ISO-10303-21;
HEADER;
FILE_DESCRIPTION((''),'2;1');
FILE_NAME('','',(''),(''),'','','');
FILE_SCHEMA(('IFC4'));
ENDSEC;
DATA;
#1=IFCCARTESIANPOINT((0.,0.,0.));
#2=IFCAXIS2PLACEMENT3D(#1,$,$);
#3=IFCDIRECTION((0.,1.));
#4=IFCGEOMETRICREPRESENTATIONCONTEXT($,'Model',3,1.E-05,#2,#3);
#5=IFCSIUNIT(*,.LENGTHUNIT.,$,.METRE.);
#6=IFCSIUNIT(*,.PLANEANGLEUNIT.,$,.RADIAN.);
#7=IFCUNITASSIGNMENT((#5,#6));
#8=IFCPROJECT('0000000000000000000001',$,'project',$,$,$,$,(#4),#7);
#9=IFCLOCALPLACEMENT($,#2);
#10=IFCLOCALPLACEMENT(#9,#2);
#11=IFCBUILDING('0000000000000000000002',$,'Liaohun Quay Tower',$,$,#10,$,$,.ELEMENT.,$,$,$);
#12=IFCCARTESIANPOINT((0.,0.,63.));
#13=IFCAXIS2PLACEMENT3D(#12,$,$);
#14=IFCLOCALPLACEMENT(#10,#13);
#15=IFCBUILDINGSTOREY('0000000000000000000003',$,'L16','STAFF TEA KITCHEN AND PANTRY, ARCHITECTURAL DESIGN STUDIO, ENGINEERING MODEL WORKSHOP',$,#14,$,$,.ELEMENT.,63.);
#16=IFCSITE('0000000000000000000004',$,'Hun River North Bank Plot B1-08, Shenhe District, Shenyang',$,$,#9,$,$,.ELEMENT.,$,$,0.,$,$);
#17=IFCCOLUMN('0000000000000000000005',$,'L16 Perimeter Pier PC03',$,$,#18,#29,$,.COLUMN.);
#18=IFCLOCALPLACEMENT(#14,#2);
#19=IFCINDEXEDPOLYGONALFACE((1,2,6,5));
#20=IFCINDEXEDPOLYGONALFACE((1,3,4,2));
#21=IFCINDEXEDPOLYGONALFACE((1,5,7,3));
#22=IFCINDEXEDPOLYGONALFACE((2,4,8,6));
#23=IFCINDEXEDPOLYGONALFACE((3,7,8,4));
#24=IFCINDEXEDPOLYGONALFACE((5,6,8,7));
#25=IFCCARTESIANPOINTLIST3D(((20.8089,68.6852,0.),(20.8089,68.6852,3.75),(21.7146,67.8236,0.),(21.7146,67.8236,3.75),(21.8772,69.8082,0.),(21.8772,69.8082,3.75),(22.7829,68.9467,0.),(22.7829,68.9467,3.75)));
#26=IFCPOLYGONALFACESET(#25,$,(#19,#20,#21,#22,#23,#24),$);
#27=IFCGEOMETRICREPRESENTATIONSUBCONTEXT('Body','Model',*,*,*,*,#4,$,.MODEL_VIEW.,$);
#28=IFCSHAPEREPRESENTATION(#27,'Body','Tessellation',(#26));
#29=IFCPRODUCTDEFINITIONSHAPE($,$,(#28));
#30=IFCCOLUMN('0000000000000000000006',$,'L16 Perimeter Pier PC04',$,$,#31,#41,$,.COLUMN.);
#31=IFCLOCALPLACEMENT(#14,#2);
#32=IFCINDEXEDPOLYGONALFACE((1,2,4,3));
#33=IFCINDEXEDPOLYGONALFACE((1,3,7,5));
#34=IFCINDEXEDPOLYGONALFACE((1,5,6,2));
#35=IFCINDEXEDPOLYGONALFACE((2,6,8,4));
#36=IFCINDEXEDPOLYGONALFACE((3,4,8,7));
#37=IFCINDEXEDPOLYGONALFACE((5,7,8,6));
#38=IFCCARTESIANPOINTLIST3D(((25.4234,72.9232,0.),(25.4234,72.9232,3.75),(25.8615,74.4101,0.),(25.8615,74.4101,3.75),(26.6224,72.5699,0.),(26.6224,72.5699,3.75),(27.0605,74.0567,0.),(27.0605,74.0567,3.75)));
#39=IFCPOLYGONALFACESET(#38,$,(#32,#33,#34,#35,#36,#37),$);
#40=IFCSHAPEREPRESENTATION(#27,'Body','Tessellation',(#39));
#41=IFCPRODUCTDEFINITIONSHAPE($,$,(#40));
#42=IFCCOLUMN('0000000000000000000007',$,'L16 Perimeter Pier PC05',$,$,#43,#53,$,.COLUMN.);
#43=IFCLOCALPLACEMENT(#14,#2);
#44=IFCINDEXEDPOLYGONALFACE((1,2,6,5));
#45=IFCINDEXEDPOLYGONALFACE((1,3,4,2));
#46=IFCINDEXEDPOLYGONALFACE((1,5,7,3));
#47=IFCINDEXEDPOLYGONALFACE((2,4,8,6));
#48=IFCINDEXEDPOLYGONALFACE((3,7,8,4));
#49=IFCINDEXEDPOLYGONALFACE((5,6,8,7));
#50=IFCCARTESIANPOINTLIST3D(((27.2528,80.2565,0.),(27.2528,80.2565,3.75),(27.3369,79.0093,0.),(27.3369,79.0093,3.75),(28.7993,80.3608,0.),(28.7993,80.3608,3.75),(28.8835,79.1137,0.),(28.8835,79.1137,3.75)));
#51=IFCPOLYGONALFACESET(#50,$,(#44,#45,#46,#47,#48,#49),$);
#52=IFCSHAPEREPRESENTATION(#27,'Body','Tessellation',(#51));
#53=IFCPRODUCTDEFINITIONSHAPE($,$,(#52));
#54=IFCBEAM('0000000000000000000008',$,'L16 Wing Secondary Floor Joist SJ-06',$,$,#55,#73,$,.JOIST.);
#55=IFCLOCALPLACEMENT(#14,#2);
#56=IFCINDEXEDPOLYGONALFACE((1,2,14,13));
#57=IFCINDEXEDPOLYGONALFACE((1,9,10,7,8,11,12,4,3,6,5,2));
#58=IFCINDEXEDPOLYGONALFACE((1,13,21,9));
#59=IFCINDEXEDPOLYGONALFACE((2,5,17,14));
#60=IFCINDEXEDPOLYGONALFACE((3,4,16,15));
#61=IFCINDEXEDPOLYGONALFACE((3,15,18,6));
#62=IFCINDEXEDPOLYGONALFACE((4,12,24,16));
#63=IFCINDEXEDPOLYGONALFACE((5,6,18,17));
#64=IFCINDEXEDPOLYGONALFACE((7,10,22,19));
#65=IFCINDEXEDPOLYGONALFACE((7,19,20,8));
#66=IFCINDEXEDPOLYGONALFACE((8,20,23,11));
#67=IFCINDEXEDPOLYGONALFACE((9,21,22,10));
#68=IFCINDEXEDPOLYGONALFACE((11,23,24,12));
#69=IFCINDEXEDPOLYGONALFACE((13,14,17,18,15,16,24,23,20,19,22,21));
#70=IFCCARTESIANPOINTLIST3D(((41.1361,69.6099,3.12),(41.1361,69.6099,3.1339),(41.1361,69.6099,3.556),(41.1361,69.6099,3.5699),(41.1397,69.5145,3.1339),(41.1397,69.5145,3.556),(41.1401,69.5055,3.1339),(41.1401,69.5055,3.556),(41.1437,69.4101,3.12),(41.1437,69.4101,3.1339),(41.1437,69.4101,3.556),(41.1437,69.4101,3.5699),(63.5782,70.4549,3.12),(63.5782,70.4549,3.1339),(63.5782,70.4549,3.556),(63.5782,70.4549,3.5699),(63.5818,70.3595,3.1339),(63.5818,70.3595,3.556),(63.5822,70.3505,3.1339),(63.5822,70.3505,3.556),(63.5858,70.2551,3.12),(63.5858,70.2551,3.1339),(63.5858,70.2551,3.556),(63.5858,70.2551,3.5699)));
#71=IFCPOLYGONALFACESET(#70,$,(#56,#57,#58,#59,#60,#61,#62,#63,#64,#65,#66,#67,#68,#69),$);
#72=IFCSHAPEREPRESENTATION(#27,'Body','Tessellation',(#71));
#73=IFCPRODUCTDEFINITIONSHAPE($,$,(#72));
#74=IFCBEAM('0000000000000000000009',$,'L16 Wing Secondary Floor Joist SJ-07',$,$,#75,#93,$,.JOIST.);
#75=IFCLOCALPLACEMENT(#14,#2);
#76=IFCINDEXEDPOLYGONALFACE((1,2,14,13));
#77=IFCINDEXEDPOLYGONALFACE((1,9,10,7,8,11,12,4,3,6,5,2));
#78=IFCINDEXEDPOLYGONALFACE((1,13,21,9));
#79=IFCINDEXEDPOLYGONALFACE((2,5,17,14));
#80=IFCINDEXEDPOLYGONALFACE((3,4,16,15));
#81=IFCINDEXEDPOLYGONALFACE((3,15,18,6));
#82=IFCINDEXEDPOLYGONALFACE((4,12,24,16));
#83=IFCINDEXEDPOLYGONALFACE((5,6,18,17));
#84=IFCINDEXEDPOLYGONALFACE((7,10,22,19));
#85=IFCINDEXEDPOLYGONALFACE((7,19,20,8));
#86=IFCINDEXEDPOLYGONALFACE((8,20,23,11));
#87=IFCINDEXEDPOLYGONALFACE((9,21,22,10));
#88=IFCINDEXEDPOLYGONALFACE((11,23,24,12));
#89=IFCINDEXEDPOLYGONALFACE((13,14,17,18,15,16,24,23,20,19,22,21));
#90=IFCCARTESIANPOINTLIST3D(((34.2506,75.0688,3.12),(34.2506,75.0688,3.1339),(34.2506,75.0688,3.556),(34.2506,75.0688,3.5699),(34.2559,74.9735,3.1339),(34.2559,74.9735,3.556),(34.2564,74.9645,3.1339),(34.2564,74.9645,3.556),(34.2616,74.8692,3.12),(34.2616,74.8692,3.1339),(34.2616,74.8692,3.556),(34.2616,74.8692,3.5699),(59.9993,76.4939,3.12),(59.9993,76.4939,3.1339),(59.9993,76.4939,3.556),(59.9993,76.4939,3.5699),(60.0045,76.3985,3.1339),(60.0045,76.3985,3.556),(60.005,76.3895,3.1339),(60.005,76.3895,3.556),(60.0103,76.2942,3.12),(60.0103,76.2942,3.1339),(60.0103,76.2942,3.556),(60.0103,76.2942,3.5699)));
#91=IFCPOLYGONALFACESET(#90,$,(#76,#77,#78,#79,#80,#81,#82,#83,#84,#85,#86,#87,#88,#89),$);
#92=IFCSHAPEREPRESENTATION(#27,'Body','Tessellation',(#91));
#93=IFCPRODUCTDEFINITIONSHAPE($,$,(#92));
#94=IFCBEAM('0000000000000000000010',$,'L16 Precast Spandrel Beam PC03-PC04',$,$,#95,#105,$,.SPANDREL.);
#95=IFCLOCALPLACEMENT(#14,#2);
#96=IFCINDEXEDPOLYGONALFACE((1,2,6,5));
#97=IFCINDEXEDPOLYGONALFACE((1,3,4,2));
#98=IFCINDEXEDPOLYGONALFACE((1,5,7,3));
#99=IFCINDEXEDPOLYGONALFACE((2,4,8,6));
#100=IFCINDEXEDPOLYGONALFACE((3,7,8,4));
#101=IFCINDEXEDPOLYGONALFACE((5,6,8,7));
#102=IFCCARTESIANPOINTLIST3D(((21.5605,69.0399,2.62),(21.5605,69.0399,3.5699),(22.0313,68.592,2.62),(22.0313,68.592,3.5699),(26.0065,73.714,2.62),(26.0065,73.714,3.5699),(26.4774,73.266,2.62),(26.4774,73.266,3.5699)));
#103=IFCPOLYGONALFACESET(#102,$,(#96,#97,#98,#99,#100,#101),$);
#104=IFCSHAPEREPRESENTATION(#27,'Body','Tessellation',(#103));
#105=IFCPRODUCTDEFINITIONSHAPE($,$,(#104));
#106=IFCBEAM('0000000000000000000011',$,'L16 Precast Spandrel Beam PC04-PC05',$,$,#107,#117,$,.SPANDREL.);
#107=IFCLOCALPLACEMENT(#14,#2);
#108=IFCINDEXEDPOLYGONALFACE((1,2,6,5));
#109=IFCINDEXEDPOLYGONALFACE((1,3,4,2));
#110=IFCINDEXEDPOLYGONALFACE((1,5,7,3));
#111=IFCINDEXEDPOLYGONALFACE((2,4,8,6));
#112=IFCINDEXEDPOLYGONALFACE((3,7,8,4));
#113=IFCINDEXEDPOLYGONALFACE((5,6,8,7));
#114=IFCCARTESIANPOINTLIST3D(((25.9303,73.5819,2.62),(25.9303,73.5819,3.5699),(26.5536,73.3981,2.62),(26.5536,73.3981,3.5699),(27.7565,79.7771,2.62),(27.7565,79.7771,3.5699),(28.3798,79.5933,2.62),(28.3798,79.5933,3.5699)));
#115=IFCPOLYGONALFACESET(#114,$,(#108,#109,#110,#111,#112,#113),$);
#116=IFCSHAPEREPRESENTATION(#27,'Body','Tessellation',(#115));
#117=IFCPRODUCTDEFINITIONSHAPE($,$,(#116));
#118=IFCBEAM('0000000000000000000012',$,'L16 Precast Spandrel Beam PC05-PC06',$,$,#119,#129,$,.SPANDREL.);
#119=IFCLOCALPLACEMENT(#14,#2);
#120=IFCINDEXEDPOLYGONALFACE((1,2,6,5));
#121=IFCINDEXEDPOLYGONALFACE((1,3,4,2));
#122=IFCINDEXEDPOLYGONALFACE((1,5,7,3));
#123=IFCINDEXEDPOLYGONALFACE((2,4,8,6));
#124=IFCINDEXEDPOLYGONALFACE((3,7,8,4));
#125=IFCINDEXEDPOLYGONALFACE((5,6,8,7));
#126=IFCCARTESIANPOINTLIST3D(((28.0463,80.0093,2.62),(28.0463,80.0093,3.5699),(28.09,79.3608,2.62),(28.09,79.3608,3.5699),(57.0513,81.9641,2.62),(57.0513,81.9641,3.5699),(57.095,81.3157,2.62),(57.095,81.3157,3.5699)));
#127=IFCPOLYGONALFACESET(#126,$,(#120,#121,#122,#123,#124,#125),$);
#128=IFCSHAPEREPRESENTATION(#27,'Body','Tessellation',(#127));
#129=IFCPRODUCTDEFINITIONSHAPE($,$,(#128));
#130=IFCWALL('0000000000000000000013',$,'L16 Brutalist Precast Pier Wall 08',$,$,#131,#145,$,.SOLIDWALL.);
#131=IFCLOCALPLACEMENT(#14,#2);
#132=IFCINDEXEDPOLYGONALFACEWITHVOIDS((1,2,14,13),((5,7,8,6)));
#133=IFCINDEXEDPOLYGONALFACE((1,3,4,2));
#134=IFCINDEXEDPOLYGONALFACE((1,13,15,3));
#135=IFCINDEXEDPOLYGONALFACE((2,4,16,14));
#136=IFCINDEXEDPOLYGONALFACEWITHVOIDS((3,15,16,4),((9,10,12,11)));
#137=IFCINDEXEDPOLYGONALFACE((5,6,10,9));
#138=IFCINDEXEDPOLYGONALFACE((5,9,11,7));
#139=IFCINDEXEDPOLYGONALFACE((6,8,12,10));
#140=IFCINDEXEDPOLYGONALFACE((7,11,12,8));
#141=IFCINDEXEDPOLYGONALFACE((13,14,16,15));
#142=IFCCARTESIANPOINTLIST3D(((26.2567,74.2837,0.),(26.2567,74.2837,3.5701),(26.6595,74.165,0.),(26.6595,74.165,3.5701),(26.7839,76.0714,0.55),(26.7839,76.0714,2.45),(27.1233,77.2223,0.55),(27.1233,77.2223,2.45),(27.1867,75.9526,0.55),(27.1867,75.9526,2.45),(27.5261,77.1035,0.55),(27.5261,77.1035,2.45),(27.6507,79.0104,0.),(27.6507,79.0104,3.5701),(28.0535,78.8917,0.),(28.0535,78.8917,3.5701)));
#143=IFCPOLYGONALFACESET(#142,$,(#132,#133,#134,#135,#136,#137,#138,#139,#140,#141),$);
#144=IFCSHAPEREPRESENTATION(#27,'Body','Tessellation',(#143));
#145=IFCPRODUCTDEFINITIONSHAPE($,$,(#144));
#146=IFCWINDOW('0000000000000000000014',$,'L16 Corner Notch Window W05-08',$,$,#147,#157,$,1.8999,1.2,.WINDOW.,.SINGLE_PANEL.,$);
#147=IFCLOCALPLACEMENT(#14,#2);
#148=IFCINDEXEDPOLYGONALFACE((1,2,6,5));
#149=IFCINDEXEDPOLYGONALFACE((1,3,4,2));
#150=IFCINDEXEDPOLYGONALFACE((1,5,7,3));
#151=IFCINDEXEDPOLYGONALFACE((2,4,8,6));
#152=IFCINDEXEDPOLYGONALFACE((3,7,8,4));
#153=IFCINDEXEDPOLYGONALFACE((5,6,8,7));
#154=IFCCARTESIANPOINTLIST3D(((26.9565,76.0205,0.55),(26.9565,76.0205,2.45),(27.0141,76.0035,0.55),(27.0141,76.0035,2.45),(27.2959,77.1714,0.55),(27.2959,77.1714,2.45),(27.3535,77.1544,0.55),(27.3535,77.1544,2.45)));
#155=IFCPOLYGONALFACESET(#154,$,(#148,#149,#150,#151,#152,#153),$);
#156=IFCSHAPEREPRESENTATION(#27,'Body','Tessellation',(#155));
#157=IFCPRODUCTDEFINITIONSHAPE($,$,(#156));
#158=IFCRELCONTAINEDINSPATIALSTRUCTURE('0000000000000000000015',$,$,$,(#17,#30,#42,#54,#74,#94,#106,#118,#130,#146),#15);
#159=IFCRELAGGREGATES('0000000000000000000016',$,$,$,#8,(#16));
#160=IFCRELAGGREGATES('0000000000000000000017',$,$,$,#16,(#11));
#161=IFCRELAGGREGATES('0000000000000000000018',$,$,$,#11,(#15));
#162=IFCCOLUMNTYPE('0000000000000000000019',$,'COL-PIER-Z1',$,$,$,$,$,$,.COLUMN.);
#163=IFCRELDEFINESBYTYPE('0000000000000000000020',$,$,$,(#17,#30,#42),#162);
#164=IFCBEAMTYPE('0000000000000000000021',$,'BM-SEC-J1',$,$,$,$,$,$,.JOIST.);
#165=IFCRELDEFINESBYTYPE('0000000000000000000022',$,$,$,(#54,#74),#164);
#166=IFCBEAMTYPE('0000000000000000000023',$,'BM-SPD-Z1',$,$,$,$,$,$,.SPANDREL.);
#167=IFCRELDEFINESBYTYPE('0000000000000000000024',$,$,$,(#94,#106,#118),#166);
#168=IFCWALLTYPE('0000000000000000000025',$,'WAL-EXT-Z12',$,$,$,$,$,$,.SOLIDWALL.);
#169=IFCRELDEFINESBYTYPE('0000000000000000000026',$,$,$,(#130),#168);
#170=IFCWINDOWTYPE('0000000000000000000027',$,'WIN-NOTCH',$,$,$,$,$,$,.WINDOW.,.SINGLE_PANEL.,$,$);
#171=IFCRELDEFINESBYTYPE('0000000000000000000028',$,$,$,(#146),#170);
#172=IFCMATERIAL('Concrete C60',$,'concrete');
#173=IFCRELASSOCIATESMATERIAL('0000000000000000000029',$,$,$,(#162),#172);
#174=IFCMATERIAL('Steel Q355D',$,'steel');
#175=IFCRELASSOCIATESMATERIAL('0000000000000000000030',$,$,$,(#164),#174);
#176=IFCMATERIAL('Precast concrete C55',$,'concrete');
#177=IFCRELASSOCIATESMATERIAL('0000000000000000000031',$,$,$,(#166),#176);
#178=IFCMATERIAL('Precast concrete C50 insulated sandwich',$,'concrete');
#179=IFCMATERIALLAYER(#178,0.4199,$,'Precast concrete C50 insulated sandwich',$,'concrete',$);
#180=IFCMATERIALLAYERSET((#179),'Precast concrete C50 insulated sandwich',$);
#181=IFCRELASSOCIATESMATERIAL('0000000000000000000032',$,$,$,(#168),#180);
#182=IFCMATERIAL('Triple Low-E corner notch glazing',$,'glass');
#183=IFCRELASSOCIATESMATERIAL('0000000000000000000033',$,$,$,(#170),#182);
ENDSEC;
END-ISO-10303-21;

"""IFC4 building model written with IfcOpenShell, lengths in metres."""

from ifc_helpers import new_model, si_unit, direction, frame, frame_2d, origin, origin_2d, place, context, subcontext, project, spatial, rectangle, i_section, extrude, source, transform, mapped, material, layer, layer_set, material_profile, profile_set, type_object, element, fill, save


model = new_model("IFC4")

# Units and contexts
model_context = context("Model", 3, precision=1e-05, world=origin(), true_north=direction((0.0, 1.0)))
body_context = subcontext(model_context, "Body", "Model", "MODEL_VIEW")
ifc_project = project(units=[si_unit("LENGTHUNIT", "METRE"), si_unit("PLANEANGLEUNIT", "RADIAN")], contexts=[model_context])

# Site, building, storey
site_placement = place(None, origin())
site = spatial("IfcSite", under=ifc_project, at=site_placement, Name="Hun River North Bank Plot B1-08, Shenhe District, Shenyang", CompositionType="ELEMENT", RefElevation=0.0)
building_placement = place(site_placement, origin())
building = spatial("IfcBuilding", under=site, at=building_placement, Name="Liaohun Quay Tower", CompositionType="ELEMENT")
storey_placement = place(building_placement, frame((0.0, 0.0, 63.0)))
storey = spatial("IfcBuildingStorey", under=building, at=storey_placement, Name="L16", Description="STAFF TEA KITCHEN AND PANTRY, ARCHITECTURAL DESIGN STUDIO, ENGINEERING MODEL WORKSHOP", CompositionType="ELEMENT", Elevation=63.0)

# Columns
ifc_material_1 = material(Name="Concrete C60", Category="concrete")
ifc_material_profile_1 = material_profile(ifc_material_1, rectangle(XDim=1.55, YDim=1.25, at=origin_2d()), Name="RC1550x1250")
ifc_profile_set_1 = profile_set([ifc_material_profile_1], Name="Concrete C60")
column_type = type_object("IfcColumnType", Name="COL-PIER-Z1", PredefinedType="COLUMN", material=ifc_profile_set_1)
shared_shape_1 = source(origin(), body_context, "Body", "SweptSolid", [
    extrude(rectangle(XDim=1.55, YDim=1.25, at=origin_2d()), origin(), (0.0, 0.0, 1.0), 3.75),
])
for number, where, z_axis, x_axis, name in (
    (1, (21.7959, 68.8159, 0.0), (0.0, 0.0, 1.0), (0.68924, 0.724533, 0.0), "L16 Perimeter Pier PC03"),
    (2, (26.2419, 73.49, 0.0), (0.0, 0.0, 1.0), (0.282676, 0.959215, 0.0), "L16 Perimeter Pier PC04"),
    (3, (28.0681, 79.6851, 0.0), (0.0, 0.0, 1.0), (0.997732, 0.067319, 0.0), "L16 Perimeter Pier PC05"),
):
    element("IfcColumn", number, at=place(storey_placement, frame(where, z_axis=z_axis, x_axis=x_axis)), inside=storey, type_object=column_type, Name=name, PredefinedType="COLUMN", context=body_context, shape_type="MappedRepresentation", body=[
        mapped(shared_shape_1, transform((0.0, 0.0, 0.0), x_axis=(1.0, 0.0, 0.0), y_axis=(0.0, 1.0, 0.0), z_axis=(0.0, 0.0, 1.0), scale=1.0)),
    ])

# Beams
ifc_material_2 = material(Name="Steel Q355D", Category="steel")
ifc_material_profile_2 = material_profile(ifc_material_2, i_section(OverallWidth=0.2, OverallDepth=0.45, WebThickness=0.009, FlangeThickness=0.0139, at=origin_2d()), Name="HN450x200x9x14")
ifc_profile_set_2 = profile_set([ifc_material_profile_2], Name="Steel Q355D")
beam_type_1 = type_object("IfcBeamType", Name="BM-SEC-J1", PredefinedType="JOIST", material=ifc_profile_set_2)
shared_shape_2 = source(origin(), body_context, "Body", "SweptSolid", [
    extrude(i_section(OverallWidth=0.2, OverallDepth=0.45, WebThickness=0.009, FlangeThickness=0.0139, at=origin_2d()), origin(), (0.0, 0.0, 1.0), 22.458),
])
beam_1_placement = place(storey_placement, frame((41.1399, 69.51, 3.345), z_axis=(0.999292, 0.037624, 0.0), x_axis=(-0.037624, 0.999292, 0.0)))
element("IfcBeam", 4, at=beam_1_placement, inside=storey, type_object=beam_type_1, Name="L16 Wing Secondary Floor Joist SJ-06", PredefinedType="JOIST", context=body_context, shape_type="MappedRepresentation", body=[
    mapped(shared_shape_2, transform((0.0, 0.0, 0.0), x_axis=(1.0, 0.0, 0.0), y_axis=(0.0, 1.0, 0.0), z_axis=(0.0, 0.0, 1.0), scale=1.0)),
])
shared_shape_3 = source(origin(), body_context, "Body", "SweptSolid", [
    extrude(i_section(OverallWidth=0.2, OverallDepth=0.45, WebThickness=0.009, FlangeThickness=0.0139, at=origin_2d()), origin(), (0.0, 0.0, 1.0), 25.7881),
])
beam_2_placement = place(storey_placement, frame((34.2561, 74.969, 3.345), z_axis=(0.998472, 0.05526, 0.0), x_axis=(-0.05526, 0.998472, 0.0)))
element("IfcBeam", 5, at=beam_2_placement, inside=storey, type_object=beam_type_1, Name="L16 Wing Secondary Floor Joist SJ-07", PredefinedType="JOIST", context=body_context, shape_type="MappedRepresentation", body=[
    mapped(shared_shape_3, transform((0.0, 0.0, 0.0), x_axis=(1.0, 0.0, 0.0), y_axis=(0.0, 1.0, 0.0), z_axis=(0.0, 0.0, 1.0), scale=1.0)),
])
ifc_material_3 = material(Name="Precast concrete C55", Category="concrete")
ifc_material_profile_3 = material_profile(ifc_material_3, rectangle(XDim=0.6499, YDim=0.95, at=origin_2d()), Name="RC650x950")
ifc_profile_set_3 = profile_set([ifc_material_profile_3], Name="Precast concrete C55")
beam_type_2 = type_object("IfcBeamType", Name="BM-SPD-Z1", PredefinedType="SPANDREL", material=ifc_profile_set_3)
shared_shape_4 = source(origin(), body_context, "Body", "SweptSolid", [
    extrude(rectangle(XDim=0.6499, YDim=0.95, at=origin_2d()), origin(), (0.0, 0.0, 1.0), 6.4509),
])
beam_3_placement = place(storey_placement, frame((21.7959, 68.8159, 3.095), z_axis=(0.689212, 0.72456, 0.0), x_axis=(-0.72456, 0.689212, 0.0)))
element("IfcBeam", 6, at=beam_3_placement, inside=storey, type_object=beam_type_2, Name="L16 Precast Spandrel Beam PC03-PC04", PredefinedType="SPANDREL", context=body_context, shape_type="MappedRepresentation", body=[
    mapped(shared_shape_4, transform((0.0, 0.0, 0.0), x_axis=(1.0, 0.0, 0.0), y_axis=(0.0, 1.0, 0.0), z_axis=(0.0, 0.0, 1.0), scale=1.0)),
])
shared_shape_5 = source(origin(), body_context, "Body", "SweptSolid", [
    extrude(rectangle(XDim=0.6499, YDim=0.95, at=origin_2d()), origin(), (0.0, 0.0, 1.0), 6.4587),
])
beam_4_placement = place(storey_placement, frame((26.2419, 73.49, 3.095), z_axis=(0.28275, 0.959194, 0.0), x_axis=(-0.959194, 0.28275, 0.0)))
element("IfcBeam", 7, at=beam_4_placement, inside=storey, type_object=beam_type_2, Name="L16 Precast Spandrel Beam PC04-PC05", PredefinedType="SPANDREL", context=body_context, shape_type="MappedRepresentation", body=[
    mapped(shared_shape_5, transform((0.0, 0.0, 0.0), x_axis=(1.0, 0.0, 0.0), y_axis=(0.0, 1.0, 0.0), z_axis=(0.0, 0.0, 1.0), scale=1.0)),
])
shared_shape_6 = source(origin(), body_context, "Body", "SweptSolid", [
    extrude(rectangle(XDim=0.6499, YDim=0.95, at=origin_2d()), origin(), (0.0, 0.0, 1.0), 29.0708),
])
beam_5_placement = place(storey_placement, frame((28.0681, 79.6851, 3.095), z_axis=(0.997737, 0.067244, 0.0), x_axis=(-0.067244, 0.997737, 0.0)))
element("IfcBeam", 8, at=beam_5_placement, inside=storey, type_object=beam_type_2, Name="L16 Precast Spandrel Beam PC05-PC06", PredefinedType="SPANDREL", context=body_context, shape_type="MappedRepresentation", body=[
    mapped(shared_shape_6, transform((0.0, 0.0, 0.0), x_axis=(1.0, 0.0, 0.0), y_axis=(0.0, 1.0, 0.0), z_axis=(0.0, 0.0, 1.0), scale=1.0)),
])

# Wall, opening, window
ifc_material_4 = material(Name="Precast concrete C50 insulated sandwich", Category="concrete")
ifc_layer_1 = layer(ifc_material_4, 0.4199, Name="Precast concrete C50 insulated sandwich", Category="concrete")
ifc_layer_set_1 = layer_set([ifc_layer_1], Name="Precast concrete C50 insulated sandwich")
wall_type_1 = type_object("IfcWallType", Name="WAL-EXT-Z12", PredefinedType="SOLIDWALL", material=ifc_layer_set_1)
wall_1_placement = place(storey_placement, frame((27.8521, 78.9509, 0.0), z_axis=(0.0, 0.0, 1.0), x_axis=(-0.282877, -0.959156, 0.0)))
wall_1 = element("IfcWall", 9, at=wall_1_placement, inside=storey, type_object=wall_type_1, Name="L16 Brutalist Precast Pier Wall 08", PredefinedType="SOLIDWALL", context=body_context, shape_type="SweptSolid", body=[
    extrude(rectangle(XDim=4.928, YDim=0.4199, at=frame_2d((2.4639, 0.0))), origin(), (0.0, 0.0, 1.0), 3.5701),
])
shared_shape_7 = source(origin(), body_context, "Body", "SweptSolid", [
    extrude(rectangle(XDim=1.2, YDim=1.8999, at=frame_2d((0.6001, 0.95))), frame((0.0, 0.22, 0.0), z_axis=(0.0, -1.0, 0.0), x_axis=(1.0, 0.0, 0.0)), (0.0, 0.0, 1.0), 0.4399),
])
opening_1_placement = place(wall_1_placement, frame((1.864, 0.0, 0.55)))
opening_1 = element("IfcOpeningElement", 10, at=opening_1_placement, cuts=wall_1, PredefinedType="OPENING", context=body_context, shape_type="MappedRepresentation", body=[
    mapped(shared_shape_7, transform((0.0, 0.0, 0.0), x_axis=(1.0, 0.0, 0.0), y_axis=(0.0, 1.0, 0.0), z_axis=(0.0, 0.0, 1.0), scale=1.0)),
])
ifc_material_5 = material(Name="Triple Low-E corner notch glazing", Category="glass")
window_type_1 = type_object("IfcWindowType", Name="WIN-NOTCH", PartitioningType="SINGLE_PANEL", PredefinedType="WINDOW", material=ifc_material_5)
shared_shape_8 = source(origin(), body_context, "Body", "SweptSolid", [
    extrude(rectangle(XDim=1.2, YDim=1.8999, at=frame_2d((0.6001, 0.95))), frame((0.0, 0.03, 0.0), z_axis=(0.0, -1.0, 0.0), x_axis=(1.0, 0.0, 0.0)), (0.0, 0.0, 1.0), 0.0601),
])
window_1_placement = place(opening_1_placement, origin())
window_1 = element("IfcWindow", 11, at=window_1_placement, inside=storey, type_object=window_type_1, Name="L16 Corner Notch Window W05-08", OverallHeight=1.8999, OverallWidth=1.2, PartitioningType="SINGLE_PANEL", PredefinedType="WINDOW", context=body_context, shape_type="MappedRepresentation", body=[
    mapped(shared_shape_8, transform((0.0, 0.0, 0.0), x_axis=(1.0, 0.0, 0.0), y_axis=(0.0, 1.0, 0.0), z_axis=(0.0, 0.0, 1.0), scale=1.0)),
])
fill(opening_1, window_1)

save(model, "model.ifc")
